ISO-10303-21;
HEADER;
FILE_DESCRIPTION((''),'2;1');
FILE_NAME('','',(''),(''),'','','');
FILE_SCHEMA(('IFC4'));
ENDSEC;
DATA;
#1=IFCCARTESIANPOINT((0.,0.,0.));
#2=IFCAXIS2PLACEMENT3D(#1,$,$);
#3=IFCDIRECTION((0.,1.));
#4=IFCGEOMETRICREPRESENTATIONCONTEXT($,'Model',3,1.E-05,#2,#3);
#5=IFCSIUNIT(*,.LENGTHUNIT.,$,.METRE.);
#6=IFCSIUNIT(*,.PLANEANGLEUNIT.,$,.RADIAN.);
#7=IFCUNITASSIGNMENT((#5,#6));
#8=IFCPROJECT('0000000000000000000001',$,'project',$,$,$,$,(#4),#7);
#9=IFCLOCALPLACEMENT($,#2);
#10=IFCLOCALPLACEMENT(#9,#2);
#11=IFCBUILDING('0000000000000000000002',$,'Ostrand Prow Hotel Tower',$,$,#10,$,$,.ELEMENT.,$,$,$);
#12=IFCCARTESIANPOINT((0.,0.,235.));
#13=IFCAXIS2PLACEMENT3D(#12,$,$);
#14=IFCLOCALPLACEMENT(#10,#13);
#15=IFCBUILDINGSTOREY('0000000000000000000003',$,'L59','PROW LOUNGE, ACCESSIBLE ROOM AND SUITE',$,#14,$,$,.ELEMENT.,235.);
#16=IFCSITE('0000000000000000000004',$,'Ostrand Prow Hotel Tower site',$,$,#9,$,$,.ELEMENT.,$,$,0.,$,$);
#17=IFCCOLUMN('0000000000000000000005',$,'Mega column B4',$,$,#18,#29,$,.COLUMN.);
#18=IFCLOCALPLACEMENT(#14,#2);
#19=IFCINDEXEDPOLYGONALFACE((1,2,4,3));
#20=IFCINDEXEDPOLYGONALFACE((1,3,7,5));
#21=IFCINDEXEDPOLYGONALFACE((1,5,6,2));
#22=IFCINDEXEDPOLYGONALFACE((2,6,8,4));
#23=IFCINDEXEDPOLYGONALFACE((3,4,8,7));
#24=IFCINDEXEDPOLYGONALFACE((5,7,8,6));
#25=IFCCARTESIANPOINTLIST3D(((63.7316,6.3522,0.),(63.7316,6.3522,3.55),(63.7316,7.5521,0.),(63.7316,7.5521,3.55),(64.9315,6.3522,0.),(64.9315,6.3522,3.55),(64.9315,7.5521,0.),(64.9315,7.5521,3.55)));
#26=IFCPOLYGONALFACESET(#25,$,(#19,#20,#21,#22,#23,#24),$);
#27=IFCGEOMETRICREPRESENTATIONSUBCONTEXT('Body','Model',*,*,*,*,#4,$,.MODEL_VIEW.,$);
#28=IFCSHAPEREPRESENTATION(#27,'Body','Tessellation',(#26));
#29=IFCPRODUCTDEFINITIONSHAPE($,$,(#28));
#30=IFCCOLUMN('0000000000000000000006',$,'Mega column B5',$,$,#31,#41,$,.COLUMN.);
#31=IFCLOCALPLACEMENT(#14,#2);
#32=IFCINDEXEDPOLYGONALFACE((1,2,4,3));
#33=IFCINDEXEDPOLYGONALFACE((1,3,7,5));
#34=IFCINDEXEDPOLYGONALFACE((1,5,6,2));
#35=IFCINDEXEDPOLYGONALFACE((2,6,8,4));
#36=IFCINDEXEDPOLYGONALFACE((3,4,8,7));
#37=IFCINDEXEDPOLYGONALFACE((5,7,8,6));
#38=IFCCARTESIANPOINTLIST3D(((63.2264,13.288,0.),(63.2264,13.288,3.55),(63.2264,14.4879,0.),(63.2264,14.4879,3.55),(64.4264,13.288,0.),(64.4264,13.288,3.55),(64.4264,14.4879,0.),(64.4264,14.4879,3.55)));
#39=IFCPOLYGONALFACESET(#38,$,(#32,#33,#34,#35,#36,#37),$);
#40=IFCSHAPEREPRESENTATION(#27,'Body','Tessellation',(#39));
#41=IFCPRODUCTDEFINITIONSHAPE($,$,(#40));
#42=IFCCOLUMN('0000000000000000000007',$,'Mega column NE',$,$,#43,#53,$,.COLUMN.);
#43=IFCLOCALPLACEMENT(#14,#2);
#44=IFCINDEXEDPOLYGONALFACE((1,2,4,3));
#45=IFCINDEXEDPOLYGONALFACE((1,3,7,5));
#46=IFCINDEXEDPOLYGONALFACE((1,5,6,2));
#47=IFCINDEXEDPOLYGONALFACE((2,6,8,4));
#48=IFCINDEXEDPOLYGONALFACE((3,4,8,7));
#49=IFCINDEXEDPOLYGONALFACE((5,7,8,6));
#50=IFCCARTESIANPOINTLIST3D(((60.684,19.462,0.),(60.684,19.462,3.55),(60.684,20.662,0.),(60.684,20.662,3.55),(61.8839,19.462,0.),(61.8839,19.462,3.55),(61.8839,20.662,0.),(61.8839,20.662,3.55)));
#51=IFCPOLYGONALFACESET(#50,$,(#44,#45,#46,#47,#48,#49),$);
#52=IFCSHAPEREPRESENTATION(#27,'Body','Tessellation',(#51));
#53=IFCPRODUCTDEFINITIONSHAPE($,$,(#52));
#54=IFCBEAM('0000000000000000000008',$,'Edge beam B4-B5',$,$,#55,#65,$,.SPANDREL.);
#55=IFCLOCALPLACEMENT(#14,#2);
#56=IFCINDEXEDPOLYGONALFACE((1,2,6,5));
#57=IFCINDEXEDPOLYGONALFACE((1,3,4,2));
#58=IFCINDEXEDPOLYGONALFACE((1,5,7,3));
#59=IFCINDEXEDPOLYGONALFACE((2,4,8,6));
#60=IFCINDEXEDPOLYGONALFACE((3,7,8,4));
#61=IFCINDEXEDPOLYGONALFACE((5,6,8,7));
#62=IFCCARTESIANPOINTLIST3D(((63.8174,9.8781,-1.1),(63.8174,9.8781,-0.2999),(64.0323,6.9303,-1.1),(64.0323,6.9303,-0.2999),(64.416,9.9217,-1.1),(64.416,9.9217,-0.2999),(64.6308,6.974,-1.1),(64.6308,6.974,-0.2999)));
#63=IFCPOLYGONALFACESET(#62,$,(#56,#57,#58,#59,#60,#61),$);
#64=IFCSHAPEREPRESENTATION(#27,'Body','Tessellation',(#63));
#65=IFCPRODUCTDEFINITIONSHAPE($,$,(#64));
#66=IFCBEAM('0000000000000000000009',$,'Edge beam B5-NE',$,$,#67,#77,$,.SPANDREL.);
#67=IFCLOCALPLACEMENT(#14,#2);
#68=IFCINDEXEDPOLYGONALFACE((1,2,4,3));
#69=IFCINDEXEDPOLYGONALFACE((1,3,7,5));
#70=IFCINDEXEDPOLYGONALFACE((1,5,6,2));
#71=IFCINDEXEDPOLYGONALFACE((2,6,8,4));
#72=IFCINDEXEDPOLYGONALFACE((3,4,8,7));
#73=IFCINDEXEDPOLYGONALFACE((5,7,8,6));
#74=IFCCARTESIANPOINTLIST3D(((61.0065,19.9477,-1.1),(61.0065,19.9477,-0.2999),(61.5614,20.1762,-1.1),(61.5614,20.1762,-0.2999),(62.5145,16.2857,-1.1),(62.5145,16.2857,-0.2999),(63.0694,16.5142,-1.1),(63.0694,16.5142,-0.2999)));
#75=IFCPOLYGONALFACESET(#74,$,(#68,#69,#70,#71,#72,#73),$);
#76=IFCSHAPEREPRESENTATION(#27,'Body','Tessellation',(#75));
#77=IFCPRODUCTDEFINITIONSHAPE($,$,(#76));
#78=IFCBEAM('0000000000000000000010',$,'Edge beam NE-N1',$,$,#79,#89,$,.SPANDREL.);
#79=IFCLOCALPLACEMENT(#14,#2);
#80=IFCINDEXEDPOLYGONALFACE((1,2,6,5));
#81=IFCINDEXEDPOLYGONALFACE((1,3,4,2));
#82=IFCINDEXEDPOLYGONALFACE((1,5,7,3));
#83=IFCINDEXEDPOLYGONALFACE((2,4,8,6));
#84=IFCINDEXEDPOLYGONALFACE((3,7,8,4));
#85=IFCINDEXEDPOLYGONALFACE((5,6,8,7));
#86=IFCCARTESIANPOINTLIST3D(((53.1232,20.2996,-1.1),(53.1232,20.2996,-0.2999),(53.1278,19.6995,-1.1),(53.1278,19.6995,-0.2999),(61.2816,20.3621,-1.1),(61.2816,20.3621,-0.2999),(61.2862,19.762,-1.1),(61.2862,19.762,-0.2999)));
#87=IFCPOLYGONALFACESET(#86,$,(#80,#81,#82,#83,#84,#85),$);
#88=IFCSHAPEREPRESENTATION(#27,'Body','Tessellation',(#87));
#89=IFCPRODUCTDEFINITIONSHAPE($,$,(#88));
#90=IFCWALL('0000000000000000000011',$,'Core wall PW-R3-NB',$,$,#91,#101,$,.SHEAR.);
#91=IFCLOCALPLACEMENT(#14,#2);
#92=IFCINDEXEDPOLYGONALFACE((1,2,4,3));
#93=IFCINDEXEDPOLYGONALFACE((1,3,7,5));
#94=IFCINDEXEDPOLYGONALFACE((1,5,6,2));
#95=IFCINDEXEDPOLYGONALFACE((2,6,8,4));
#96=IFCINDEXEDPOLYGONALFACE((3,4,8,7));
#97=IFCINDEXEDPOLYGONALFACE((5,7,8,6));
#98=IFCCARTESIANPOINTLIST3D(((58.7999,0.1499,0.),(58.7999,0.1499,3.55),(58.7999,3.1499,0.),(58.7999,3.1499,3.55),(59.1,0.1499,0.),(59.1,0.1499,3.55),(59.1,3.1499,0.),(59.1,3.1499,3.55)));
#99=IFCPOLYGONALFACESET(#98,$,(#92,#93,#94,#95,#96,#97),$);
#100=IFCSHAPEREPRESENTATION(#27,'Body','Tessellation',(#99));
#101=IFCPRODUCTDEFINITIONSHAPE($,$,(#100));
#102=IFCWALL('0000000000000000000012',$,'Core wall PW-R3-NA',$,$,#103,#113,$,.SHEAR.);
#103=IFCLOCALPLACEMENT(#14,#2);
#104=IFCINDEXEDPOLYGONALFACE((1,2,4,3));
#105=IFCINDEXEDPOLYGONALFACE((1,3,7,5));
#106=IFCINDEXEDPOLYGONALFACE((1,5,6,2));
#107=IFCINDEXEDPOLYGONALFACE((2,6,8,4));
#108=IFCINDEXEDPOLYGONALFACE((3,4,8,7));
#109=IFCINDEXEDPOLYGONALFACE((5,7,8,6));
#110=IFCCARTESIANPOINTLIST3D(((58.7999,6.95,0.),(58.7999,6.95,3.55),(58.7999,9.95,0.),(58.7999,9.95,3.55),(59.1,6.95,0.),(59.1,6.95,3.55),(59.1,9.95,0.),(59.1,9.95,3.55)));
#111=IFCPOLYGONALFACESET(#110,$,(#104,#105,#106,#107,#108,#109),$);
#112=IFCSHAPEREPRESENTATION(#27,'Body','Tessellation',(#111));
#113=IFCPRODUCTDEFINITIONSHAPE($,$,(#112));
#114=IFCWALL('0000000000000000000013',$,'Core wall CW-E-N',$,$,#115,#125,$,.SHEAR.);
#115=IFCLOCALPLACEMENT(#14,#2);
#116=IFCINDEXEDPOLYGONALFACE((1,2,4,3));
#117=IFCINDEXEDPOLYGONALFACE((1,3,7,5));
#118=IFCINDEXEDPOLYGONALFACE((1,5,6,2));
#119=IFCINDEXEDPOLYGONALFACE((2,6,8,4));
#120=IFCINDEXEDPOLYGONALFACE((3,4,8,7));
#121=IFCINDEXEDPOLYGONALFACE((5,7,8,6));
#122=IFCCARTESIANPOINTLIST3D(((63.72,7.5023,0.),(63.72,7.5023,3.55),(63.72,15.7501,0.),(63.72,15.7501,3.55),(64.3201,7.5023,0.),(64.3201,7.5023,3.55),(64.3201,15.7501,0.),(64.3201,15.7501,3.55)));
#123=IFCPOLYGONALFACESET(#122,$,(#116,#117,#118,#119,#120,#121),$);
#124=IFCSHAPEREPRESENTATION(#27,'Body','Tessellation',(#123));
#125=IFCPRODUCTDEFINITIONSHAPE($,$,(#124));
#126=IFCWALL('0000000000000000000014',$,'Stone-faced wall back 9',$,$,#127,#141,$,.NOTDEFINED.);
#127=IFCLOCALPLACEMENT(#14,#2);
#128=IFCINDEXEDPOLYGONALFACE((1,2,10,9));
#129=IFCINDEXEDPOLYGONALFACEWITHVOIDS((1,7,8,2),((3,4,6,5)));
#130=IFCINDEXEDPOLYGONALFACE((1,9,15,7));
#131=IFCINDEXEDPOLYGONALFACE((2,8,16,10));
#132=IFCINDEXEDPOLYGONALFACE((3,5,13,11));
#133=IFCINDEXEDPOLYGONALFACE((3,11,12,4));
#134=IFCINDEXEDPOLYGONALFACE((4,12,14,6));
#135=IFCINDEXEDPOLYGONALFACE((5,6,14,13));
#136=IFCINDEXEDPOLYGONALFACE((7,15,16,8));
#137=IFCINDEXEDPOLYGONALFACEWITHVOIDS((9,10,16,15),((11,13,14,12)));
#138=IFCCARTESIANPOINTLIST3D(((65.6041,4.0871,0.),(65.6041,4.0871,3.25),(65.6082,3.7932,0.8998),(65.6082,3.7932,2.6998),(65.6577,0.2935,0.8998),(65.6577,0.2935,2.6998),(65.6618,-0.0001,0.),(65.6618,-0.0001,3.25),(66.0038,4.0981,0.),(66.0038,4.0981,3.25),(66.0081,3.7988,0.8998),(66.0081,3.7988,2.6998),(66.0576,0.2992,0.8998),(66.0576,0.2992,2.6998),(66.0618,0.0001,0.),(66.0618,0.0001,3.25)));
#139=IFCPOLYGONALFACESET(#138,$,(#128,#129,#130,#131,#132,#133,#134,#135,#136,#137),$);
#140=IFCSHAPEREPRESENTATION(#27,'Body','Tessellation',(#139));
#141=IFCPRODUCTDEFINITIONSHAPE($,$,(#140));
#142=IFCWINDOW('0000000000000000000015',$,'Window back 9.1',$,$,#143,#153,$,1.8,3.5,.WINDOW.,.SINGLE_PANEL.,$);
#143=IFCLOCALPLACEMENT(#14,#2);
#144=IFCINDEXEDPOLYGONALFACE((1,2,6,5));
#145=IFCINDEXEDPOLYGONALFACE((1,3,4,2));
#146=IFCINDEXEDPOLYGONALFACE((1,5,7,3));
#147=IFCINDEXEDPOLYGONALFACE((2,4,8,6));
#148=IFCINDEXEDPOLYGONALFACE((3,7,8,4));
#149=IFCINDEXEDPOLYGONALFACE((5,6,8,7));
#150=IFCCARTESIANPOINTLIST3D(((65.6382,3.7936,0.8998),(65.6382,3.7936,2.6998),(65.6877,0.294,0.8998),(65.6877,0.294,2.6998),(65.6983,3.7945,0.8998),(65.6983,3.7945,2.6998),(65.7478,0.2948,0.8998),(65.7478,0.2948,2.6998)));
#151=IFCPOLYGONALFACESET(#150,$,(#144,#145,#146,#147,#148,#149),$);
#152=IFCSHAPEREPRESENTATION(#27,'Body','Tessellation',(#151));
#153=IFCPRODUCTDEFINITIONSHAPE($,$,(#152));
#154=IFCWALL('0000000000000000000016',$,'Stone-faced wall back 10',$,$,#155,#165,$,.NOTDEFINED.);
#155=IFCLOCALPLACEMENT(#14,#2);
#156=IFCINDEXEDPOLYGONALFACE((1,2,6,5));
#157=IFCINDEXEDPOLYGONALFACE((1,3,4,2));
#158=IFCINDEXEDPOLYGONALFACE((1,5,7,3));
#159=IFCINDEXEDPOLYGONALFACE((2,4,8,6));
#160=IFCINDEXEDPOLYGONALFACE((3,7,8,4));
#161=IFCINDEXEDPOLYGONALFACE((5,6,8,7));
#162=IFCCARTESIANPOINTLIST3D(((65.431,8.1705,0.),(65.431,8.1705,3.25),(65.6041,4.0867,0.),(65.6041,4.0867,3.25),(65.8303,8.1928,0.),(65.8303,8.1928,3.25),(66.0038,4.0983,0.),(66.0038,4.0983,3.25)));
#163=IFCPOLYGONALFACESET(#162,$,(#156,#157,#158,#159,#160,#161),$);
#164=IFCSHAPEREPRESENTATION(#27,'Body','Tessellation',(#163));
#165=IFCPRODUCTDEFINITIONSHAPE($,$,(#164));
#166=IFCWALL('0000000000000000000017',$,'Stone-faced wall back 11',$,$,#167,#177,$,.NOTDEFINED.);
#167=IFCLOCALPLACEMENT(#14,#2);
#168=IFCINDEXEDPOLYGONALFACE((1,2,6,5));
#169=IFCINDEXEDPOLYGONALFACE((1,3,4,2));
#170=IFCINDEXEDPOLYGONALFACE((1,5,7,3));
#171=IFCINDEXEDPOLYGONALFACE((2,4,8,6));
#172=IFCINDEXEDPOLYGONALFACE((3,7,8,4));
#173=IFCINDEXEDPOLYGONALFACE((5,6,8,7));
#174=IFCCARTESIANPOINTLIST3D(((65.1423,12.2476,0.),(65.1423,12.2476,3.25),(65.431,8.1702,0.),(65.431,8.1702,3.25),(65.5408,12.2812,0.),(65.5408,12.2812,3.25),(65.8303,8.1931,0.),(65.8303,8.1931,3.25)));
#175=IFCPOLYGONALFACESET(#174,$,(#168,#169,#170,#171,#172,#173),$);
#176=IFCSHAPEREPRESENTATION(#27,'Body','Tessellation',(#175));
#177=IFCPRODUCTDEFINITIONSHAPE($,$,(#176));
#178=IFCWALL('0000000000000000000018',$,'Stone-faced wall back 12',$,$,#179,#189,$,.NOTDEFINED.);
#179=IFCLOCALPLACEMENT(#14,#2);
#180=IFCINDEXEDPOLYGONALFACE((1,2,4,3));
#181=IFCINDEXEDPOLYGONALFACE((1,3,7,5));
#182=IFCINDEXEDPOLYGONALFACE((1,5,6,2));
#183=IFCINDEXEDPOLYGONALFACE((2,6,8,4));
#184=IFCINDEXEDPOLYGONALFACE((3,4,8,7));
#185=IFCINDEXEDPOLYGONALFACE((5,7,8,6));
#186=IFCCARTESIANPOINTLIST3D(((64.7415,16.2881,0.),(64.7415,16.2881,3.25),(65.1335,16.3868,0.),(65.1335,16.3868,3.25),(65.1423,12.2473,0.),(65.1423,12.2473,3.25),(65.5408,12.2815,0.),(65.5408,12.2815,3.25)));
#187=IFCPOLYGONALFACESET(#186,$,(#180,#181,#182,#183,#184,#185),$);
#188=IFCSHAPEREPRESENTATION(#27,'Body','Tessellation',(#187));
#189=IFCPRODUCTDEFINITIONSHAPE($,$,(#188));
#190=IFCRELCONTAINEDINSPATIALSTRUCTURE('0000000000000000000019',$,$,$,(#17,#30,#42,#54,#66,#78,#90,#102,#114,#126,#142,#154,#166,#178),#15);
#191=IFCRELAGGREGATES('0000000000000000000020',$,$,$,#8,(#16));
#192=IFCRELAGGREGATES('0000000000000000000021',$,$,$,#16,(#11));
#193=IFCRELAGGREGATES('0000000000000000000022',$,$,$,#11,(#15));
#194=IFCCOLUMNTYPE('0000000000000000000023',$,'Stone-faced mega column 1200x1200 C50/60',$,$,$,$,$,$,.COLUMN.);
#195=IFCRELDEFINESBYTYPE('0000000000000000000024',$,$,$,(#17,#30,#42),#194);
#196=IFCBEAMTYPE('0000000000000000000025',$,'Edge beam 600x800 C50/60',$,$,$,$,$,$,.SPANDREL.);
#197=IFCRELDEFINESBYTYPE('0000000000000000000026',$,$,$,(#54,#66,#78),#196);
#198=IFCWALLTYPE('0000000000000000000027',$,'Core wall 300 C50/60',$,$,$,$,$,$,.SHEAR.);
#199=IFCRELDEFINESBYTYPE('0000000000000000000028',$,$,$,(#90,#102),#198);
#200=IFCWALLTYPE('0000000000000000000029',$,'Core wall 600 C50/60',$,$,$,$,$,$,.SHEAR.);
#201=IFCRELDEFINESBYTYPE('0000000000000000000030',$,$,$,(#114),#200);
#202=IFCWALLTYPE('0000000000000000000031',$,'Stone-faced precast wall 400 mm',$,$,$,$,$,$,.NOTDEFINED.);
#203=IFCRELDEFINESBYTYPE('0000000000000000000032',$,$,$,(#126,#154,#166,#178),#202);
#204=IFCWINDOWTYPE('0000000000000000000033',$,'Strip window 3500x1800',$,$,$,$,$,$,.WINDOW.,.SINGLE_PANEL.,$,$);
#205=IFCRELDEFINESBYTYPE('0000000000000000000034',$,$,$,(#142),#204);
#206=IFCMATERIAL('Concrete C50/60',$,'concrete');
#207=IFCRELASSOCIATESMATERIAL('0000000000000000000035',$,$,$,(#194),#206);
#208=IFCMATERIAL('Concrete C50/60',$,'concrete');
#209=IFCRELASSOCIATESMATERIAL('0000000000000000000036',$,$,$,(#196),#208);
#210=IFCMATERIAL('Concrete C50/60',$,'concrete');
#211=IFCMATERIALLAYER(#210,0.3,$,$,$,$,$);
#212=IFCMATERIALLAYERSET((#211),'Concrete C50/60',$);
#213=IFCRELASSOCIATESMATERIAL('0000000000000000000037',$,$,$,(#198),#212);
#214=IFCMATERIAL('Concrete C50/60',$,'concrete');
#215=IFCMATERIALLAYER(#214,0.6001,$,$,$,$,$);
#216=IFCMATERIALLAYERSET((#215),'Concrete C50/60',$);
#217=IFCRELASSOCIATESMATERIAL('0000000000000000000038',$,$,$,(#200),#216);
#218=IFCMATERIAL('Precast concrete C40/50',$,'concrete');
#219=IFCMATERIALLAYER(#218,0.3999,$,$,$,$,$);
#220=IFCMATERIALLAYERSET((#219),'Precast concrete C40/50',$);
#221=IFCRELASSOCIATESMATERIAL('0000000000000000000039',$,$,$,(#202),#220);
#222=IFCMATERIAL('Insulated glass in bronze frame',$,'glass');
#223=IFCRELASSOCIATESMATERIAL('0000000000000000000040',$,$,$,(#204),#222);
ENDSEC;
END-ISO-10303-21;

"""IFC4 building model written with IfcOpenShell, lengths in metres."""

from ifc_helpers import new_model, si_unit, direction, frame, frame_2d, origin, origin_2d, place, context, subcontext, project, spatial, polyline, rectangle, outline, extrude, material, layer, layer_set, material_profile, profile_set, type_object, element, fill, save


model = new_model("IFC4")

# Units and contexts
model_context = context("Model", 3, precision=1e-05, world=origin(), true_north=direction((0.0, 1.0)))
body_context = subcontext(model_context, "Body", "Model", "MODEL_VIEW")
ifc_project = project(units=[si_unit("LENGTHUNIT", "METRE"), si_unit("PLANEANGLEUNIT", "RADIAN")], contexts=[model_context])

# Site, building, storey
site_placement = place(None, origin())
site = spatial("IfcSite", under=ifc_project, at=site_placement, Name="Ostrand Prow Hotel Tower site", CompositionType="ELEMENT", RefElevation=0.0)
building_placement = place(site_placement, origin())
building = spatial("IfcBuilding", under=site, at=building_placement, Name="Ostrand Prow Hotel Tower", CompositionType="ELEMENT")
storey_placement = place(building_placement, frame((0.0, 0.0, 235.0)))
storey = spatial("IfcBuildingStorey", under=building, at=storey_placement, Name="L59", Description="PROW LOUNGE, ACCESSIBLE ROOM AND SUITE", CompositionType="ELEMENT", Elevation=235.0)

# Columns
ifc_material_1 = material(Name="Concrete C50/60", Category="concrete")
ifc_material_profile_1 = material_profile(ifc_material_1, rectangle(XDim=1.2, YDim=1.2, at=origin_2d()), Name="RC 1200x1200")
ifc_profile_set_1 = profile_set([ifc_material_profile_1], Name="Concrete C50/60")
column_type = type_object("IfcColumnType", Name="Stone-faced mega column 1200x1200 C50/60", PredefinedType="COLUMN", material=ifc_profile_set_1)
for number, where, z_axis, x_axis, name in (
    (1, (64.3315, 6.9521, 0.0), (0.0, 0.0, 1.0), (1.0, 0.0, 0.0), "Mega column B4"),
    (2, (63.8264, 13.8879, 0.0), (0.0, 0.0, 1.0), (1.0, 0.0, 0.0), "Mega column B5"),
    (3, (61.2839, 20.062, 0.0), (0.0, 0.0, 1.0), (1.0, 0.0, 0.0), "Mega column NE"),
):
    element("IfcColumn", number, at=place(storey_placement, frame(where, z_axis=z_axis, x_axis=x_axis)), inside=storey, type_object=column_type, Name=name, PredefinedType="COLUMN", context=body_context, shape_type="SweptSolid", body=[
        extrude(rectangle(XDim=1.2, YDim=1.2, at=origin_2d()), origin(), (0.0, 0.0, 1.0), 3.55),
    ])

# Beams
ifc_material_2 = material(Name="Concrete C50/60", Category="concrete")
ifc_material_profile_2 = material_profile(ifc_material_2, rectangle(XDim=0.6001, YDim=0.8, at=origin_2d()), Name="RC 600x800")
ifc_profile_set_2 = profile_set([ifc_material_profile_2], Name="Concrete C50/60")
beam_type = type_object("IfcBeamType", Name="Edge beam 600x800 C50/60", PredefinedType="SPANDREL", material=ifc_profile_set_2)
beam_1_placement = place(storey_placement, frame((64.3315, 6.9521, -0.7), z_axis=(-0.072691, 0.997355, 0.0), x_axis=(-0.997355, -0.072691, 0.0)))
element("IfcBeam", 4, at=beam_1_placement, inside=storey, type_object=beam_type, Name="Edge beam B4-B5", PredefinedType="SPANDREL", context=body_context, shape_type="SweptSolid", body=[
    extrude(rectangle(XDim=0.6001, YDim=0.8, at=origin_2d()), origin(), (0.0, 0.0, 1.0), 2.9556),
])
beam_2_placement = place(storey_placement, frame((62.792, 16.3999, -0.7), z_axis=(-0.380778, 0.924667, 0.0), x_axis=(-0.924667, -0.380778, 0.0)))
element("IfcBeam", 5, at=beam_2_placement, inside=storey, type_object=beam_type, Name="Edge beam B5-NE", PredefinedType="SPANDREL", context=body_context, shape_type="SweptSolid", body=[
    extrude(rectangle(XDim=0.6001, YDim=0.8, at=origin_2d()), origin(), (0.0, 0.0, 1.0), 3.9604),
])
beam_3_placement = place(storey_placement, frame((61.2839, 20.062, -0.7), z_axis=(-0.999971, -0.007661, 0.0), x_axis=(0.007661, -0.999971, 0.0)))
element("IfcBeam", 6, at=beam_3_placement, inside=storey, type_object=beam_type, Name="Edge beam NE-N1", PredefinedType="SPANDREL", context=body_context, shape_type="SweptSolid", body=[
    extrude(rectangle(XDim=0.6001, YDim=0.8, at=origin_2d()), origin(), (0.0, 0.0, 1.0), 8.1587),
])

# Walls
ifc_material_3 = material(Name="Concrete C50/60", Category="concrete")
ifc_layer_1 = layer(ifc_material_3, 0.3)
ifc_layer_set_1 = layer_set([ifc_layer_1], Name="Concrete C50/60")
wall_type_1 = type_object("IfcWallType", Name="Core wall 300 C50/60", PredefinedType="SHEAR", material=ifc_layer_set_1)
for number, where, z_axis, x_axis, name in (
    (7, (58.95, 0.1499, 0.0), (0.0, 0.0, 1.0), (0.0, 1.0, 0.0), "Core wall PW-R3-NB"),
    (8, (58.95, 6.95, 0.0), (0.0, 0.0, 1.0), (0.0, 1.0, 0.0), "Core wall PW-R3-NA"),
):
    element("IfcWall", number, at=place(storey_placement, frame(where, z_axis=z_axis, x_axis=x_axis)), inside=storey, type_object=wall_type_1, Name=name, PredefinedType="SHEAR", context=body_context, shape_type="SweptSolid", body=[
        extrude(rectangle(XDim=3.0, YDim=0.3, at=frame_2d((1.5, 0.0))), origin(), (0.0, 0.0, 1.0), 3.55),
    ])
ifc_material_4 = material(Name="Concrete C50/60", Category="concrete")
ifc_layer_2 = layer(ifc_material_4, 0.6001)
ifc_layer_set_2 = layer_set([ifc_layer_2], Name="Concrete C50/60")
wall_type_2 = type_object("IfcWallType", Name="Core wall 600 C50/60", PredefinedType="SHEAR", material=ifc_layer_set_2)
wall_1_placement = place(storey_placement, frame((64.02, 7.5022, 0.0), z_axis=(0.0, 0.0, 1.0), x_axis=(0.0, 1.0, 0.0)))
element("IfcWall", 9, at=wall_1_placement, inside=storey, type_object=wall_type_2, Name="Core wall CW-E-N", PredefinedType="SHEAR", context=body_context, shape_type="SweptSolid", body=[
    extrude(rectangle(XDim=8.2478, YDim=0.6001, at=frame_2d((4.124, 0.0))), origin(), (0.0, 0.0, 1.0), 3.55),
])

# Wall, opening, window
ifc_material_5 = material(Name="Precast concrete C40/50", Category="concrete")
ifc_layer_3 = layer(ifc_material_5, 0.3999)
ifc_layer_set_3 = layer_set([ifc_layer_3], Name="Precast concrete C40/50")
wall_type_3 = type_object("IfcWallType", Name="Stone-faced precast wall 400 mm", PredefinedType="NOTDEFINED", material=ifc_layer_set_3)
wall_2_placement = place(storey_placement, frame((65.8618, 0.0, 0.0), z_axis=(0.0, 0.0, 1.0), x_axis=(-0.014137, 0.9999, 0.0)))
wall_2 = element("IfcWall", 10, at=wall_2_placement, inside=storey, type_object=wall_type_3, Name="Stone-faced wall back 9", PredefinedType="NOTDEFINED", context=body_context, shape_type="SweptSolid", body=[
    extrude(outline(polyline([(-0.0027, -0.2), (4.0957, -0.2), (4.0903, 0.2), (0.0027, 0.2), (-0.0027, -0.2)])), origin(), (0.0, 0.0, 1.0), 3.25),
])
opening_placement = place(wall_2_placement, frame((0.2964, 0.0, 0.8999)))
opening = element("IfcOpeningElement", 11, at=opening_placement, cuts=wall_2, PredefinedType="OPENING", context=body_context, shape_type="SweptSolid", body=[
    extrude(rectangle(XDim=3.5, YDim=1.8, at=frame_2d((1.75, 0.8999))), frame((0.0, 0.21, 0.0), z_axis=(0.0, -1.0, 0.0), x_axis=(1.0, 0.0, 0.0)), (0.0, 0.0, 1.0), 0.4199),
])
ifc_material_6 = material(Name="Insulated glass in bronze frame", Category="glass")
window_type = type_object("IfcWindowType", Name="Strip window 3500x1800", PartitioningType="SINGLE_PANEL", PredefinedType="WINDOW", material=ifc_material_6)
window_placement = place(opening_placement, origin())
window = element("IfcWindow", 12, at=window_placement, inside=storey, type_object=window_type, Name="Window back 9.1", OverallHeight=1.8, OverallWidth=3.5, PartitioningType="SINGLE_PANEL", PredefinedType="WINDOW", context=body_context, shape_type="SweptSolid", body=[
    extrude(rectangle(XDim=3.5, YDim=1.8, at=frame_2d((1.75, 0.8999))), frame((0.0, 0.1699, 0.0), z_axis=(0.0, -1.0, 0.0), x_axis=(1.0, 0.0, 0.0)), (0.0, 0.0, 1.0), 0.0601),
])
fill(opening, window)

# Walls
wall_3_placement = place(storey_placement, frame((65.804, 4.0925, 0.0), z_axis=(0.0, 0.0, 1.0), x_axis=(-0.042353, 0.999103, 0.0)))
element("IfcWall", 13, at=wall_3_placement, inside=storey, type_object=wall_type_3, Name="Stone-faced wall back 10", PredefinedType="NOTDEFINED", context=body_context, shape_type="SweptSolid", body=[
    extrude(outline(polyline([(-0.0027, -0.2), (4.0955, -0.2), (4.0901, 0.2), (0.0027, 0.2), (-0.0027, -0.2)])), origin(), (0.0, 0.0, 1.0), 3.25),
])
wall_4_placement = place(storey_placement, frame((65.6306, 8.1816, 0.0), z_axis=(0.0, 0.0, 1.0), x_axis=(-0.070624, 0.997503, 0.0)))
element("IfcWall", 14, at=wall_4_placement, inside=storey, type_object=wall_type_3, Name="Stone-faced wall back 11", PredefinedType="NOTDEFINED", context=body_context, shape_type="SweptSolid", body=[
    extrude(outline(polyline([(-0.0027, -0.2), (4.0957, -0.2), (4.0903, 0.2), (0.0027, 0.2), (-0.0027, -0.2)])), origin(), (0.0, 0.0, 1.0), 3.25),
])
wall_5_placement = place(storey_placement, frame((65.3416, 12.2644, 0.0), z_axis=(0.0, 0.0, 1.0), x_axis=(-0.098718, 0.995115, 0.0)))
element("IfcWall", 15, at=wall_5_placement, inside=storey, type_object=wall_type_3, Name="Stone-faced wall back 12", PredefinedType="NOTDEFINED", context=body_context, shape_type="SweptSolid", body=[
    extrude(outline(polyline([(-0.0027, -0.2), (4.1228, -0.2), (4.0632, 0.2), (0.0027, 0.2), (-0.0027, -0.2)])), origin(), (0.0, 0.0, 1.0), 3.25),
])

save(model, "model.ifc")
